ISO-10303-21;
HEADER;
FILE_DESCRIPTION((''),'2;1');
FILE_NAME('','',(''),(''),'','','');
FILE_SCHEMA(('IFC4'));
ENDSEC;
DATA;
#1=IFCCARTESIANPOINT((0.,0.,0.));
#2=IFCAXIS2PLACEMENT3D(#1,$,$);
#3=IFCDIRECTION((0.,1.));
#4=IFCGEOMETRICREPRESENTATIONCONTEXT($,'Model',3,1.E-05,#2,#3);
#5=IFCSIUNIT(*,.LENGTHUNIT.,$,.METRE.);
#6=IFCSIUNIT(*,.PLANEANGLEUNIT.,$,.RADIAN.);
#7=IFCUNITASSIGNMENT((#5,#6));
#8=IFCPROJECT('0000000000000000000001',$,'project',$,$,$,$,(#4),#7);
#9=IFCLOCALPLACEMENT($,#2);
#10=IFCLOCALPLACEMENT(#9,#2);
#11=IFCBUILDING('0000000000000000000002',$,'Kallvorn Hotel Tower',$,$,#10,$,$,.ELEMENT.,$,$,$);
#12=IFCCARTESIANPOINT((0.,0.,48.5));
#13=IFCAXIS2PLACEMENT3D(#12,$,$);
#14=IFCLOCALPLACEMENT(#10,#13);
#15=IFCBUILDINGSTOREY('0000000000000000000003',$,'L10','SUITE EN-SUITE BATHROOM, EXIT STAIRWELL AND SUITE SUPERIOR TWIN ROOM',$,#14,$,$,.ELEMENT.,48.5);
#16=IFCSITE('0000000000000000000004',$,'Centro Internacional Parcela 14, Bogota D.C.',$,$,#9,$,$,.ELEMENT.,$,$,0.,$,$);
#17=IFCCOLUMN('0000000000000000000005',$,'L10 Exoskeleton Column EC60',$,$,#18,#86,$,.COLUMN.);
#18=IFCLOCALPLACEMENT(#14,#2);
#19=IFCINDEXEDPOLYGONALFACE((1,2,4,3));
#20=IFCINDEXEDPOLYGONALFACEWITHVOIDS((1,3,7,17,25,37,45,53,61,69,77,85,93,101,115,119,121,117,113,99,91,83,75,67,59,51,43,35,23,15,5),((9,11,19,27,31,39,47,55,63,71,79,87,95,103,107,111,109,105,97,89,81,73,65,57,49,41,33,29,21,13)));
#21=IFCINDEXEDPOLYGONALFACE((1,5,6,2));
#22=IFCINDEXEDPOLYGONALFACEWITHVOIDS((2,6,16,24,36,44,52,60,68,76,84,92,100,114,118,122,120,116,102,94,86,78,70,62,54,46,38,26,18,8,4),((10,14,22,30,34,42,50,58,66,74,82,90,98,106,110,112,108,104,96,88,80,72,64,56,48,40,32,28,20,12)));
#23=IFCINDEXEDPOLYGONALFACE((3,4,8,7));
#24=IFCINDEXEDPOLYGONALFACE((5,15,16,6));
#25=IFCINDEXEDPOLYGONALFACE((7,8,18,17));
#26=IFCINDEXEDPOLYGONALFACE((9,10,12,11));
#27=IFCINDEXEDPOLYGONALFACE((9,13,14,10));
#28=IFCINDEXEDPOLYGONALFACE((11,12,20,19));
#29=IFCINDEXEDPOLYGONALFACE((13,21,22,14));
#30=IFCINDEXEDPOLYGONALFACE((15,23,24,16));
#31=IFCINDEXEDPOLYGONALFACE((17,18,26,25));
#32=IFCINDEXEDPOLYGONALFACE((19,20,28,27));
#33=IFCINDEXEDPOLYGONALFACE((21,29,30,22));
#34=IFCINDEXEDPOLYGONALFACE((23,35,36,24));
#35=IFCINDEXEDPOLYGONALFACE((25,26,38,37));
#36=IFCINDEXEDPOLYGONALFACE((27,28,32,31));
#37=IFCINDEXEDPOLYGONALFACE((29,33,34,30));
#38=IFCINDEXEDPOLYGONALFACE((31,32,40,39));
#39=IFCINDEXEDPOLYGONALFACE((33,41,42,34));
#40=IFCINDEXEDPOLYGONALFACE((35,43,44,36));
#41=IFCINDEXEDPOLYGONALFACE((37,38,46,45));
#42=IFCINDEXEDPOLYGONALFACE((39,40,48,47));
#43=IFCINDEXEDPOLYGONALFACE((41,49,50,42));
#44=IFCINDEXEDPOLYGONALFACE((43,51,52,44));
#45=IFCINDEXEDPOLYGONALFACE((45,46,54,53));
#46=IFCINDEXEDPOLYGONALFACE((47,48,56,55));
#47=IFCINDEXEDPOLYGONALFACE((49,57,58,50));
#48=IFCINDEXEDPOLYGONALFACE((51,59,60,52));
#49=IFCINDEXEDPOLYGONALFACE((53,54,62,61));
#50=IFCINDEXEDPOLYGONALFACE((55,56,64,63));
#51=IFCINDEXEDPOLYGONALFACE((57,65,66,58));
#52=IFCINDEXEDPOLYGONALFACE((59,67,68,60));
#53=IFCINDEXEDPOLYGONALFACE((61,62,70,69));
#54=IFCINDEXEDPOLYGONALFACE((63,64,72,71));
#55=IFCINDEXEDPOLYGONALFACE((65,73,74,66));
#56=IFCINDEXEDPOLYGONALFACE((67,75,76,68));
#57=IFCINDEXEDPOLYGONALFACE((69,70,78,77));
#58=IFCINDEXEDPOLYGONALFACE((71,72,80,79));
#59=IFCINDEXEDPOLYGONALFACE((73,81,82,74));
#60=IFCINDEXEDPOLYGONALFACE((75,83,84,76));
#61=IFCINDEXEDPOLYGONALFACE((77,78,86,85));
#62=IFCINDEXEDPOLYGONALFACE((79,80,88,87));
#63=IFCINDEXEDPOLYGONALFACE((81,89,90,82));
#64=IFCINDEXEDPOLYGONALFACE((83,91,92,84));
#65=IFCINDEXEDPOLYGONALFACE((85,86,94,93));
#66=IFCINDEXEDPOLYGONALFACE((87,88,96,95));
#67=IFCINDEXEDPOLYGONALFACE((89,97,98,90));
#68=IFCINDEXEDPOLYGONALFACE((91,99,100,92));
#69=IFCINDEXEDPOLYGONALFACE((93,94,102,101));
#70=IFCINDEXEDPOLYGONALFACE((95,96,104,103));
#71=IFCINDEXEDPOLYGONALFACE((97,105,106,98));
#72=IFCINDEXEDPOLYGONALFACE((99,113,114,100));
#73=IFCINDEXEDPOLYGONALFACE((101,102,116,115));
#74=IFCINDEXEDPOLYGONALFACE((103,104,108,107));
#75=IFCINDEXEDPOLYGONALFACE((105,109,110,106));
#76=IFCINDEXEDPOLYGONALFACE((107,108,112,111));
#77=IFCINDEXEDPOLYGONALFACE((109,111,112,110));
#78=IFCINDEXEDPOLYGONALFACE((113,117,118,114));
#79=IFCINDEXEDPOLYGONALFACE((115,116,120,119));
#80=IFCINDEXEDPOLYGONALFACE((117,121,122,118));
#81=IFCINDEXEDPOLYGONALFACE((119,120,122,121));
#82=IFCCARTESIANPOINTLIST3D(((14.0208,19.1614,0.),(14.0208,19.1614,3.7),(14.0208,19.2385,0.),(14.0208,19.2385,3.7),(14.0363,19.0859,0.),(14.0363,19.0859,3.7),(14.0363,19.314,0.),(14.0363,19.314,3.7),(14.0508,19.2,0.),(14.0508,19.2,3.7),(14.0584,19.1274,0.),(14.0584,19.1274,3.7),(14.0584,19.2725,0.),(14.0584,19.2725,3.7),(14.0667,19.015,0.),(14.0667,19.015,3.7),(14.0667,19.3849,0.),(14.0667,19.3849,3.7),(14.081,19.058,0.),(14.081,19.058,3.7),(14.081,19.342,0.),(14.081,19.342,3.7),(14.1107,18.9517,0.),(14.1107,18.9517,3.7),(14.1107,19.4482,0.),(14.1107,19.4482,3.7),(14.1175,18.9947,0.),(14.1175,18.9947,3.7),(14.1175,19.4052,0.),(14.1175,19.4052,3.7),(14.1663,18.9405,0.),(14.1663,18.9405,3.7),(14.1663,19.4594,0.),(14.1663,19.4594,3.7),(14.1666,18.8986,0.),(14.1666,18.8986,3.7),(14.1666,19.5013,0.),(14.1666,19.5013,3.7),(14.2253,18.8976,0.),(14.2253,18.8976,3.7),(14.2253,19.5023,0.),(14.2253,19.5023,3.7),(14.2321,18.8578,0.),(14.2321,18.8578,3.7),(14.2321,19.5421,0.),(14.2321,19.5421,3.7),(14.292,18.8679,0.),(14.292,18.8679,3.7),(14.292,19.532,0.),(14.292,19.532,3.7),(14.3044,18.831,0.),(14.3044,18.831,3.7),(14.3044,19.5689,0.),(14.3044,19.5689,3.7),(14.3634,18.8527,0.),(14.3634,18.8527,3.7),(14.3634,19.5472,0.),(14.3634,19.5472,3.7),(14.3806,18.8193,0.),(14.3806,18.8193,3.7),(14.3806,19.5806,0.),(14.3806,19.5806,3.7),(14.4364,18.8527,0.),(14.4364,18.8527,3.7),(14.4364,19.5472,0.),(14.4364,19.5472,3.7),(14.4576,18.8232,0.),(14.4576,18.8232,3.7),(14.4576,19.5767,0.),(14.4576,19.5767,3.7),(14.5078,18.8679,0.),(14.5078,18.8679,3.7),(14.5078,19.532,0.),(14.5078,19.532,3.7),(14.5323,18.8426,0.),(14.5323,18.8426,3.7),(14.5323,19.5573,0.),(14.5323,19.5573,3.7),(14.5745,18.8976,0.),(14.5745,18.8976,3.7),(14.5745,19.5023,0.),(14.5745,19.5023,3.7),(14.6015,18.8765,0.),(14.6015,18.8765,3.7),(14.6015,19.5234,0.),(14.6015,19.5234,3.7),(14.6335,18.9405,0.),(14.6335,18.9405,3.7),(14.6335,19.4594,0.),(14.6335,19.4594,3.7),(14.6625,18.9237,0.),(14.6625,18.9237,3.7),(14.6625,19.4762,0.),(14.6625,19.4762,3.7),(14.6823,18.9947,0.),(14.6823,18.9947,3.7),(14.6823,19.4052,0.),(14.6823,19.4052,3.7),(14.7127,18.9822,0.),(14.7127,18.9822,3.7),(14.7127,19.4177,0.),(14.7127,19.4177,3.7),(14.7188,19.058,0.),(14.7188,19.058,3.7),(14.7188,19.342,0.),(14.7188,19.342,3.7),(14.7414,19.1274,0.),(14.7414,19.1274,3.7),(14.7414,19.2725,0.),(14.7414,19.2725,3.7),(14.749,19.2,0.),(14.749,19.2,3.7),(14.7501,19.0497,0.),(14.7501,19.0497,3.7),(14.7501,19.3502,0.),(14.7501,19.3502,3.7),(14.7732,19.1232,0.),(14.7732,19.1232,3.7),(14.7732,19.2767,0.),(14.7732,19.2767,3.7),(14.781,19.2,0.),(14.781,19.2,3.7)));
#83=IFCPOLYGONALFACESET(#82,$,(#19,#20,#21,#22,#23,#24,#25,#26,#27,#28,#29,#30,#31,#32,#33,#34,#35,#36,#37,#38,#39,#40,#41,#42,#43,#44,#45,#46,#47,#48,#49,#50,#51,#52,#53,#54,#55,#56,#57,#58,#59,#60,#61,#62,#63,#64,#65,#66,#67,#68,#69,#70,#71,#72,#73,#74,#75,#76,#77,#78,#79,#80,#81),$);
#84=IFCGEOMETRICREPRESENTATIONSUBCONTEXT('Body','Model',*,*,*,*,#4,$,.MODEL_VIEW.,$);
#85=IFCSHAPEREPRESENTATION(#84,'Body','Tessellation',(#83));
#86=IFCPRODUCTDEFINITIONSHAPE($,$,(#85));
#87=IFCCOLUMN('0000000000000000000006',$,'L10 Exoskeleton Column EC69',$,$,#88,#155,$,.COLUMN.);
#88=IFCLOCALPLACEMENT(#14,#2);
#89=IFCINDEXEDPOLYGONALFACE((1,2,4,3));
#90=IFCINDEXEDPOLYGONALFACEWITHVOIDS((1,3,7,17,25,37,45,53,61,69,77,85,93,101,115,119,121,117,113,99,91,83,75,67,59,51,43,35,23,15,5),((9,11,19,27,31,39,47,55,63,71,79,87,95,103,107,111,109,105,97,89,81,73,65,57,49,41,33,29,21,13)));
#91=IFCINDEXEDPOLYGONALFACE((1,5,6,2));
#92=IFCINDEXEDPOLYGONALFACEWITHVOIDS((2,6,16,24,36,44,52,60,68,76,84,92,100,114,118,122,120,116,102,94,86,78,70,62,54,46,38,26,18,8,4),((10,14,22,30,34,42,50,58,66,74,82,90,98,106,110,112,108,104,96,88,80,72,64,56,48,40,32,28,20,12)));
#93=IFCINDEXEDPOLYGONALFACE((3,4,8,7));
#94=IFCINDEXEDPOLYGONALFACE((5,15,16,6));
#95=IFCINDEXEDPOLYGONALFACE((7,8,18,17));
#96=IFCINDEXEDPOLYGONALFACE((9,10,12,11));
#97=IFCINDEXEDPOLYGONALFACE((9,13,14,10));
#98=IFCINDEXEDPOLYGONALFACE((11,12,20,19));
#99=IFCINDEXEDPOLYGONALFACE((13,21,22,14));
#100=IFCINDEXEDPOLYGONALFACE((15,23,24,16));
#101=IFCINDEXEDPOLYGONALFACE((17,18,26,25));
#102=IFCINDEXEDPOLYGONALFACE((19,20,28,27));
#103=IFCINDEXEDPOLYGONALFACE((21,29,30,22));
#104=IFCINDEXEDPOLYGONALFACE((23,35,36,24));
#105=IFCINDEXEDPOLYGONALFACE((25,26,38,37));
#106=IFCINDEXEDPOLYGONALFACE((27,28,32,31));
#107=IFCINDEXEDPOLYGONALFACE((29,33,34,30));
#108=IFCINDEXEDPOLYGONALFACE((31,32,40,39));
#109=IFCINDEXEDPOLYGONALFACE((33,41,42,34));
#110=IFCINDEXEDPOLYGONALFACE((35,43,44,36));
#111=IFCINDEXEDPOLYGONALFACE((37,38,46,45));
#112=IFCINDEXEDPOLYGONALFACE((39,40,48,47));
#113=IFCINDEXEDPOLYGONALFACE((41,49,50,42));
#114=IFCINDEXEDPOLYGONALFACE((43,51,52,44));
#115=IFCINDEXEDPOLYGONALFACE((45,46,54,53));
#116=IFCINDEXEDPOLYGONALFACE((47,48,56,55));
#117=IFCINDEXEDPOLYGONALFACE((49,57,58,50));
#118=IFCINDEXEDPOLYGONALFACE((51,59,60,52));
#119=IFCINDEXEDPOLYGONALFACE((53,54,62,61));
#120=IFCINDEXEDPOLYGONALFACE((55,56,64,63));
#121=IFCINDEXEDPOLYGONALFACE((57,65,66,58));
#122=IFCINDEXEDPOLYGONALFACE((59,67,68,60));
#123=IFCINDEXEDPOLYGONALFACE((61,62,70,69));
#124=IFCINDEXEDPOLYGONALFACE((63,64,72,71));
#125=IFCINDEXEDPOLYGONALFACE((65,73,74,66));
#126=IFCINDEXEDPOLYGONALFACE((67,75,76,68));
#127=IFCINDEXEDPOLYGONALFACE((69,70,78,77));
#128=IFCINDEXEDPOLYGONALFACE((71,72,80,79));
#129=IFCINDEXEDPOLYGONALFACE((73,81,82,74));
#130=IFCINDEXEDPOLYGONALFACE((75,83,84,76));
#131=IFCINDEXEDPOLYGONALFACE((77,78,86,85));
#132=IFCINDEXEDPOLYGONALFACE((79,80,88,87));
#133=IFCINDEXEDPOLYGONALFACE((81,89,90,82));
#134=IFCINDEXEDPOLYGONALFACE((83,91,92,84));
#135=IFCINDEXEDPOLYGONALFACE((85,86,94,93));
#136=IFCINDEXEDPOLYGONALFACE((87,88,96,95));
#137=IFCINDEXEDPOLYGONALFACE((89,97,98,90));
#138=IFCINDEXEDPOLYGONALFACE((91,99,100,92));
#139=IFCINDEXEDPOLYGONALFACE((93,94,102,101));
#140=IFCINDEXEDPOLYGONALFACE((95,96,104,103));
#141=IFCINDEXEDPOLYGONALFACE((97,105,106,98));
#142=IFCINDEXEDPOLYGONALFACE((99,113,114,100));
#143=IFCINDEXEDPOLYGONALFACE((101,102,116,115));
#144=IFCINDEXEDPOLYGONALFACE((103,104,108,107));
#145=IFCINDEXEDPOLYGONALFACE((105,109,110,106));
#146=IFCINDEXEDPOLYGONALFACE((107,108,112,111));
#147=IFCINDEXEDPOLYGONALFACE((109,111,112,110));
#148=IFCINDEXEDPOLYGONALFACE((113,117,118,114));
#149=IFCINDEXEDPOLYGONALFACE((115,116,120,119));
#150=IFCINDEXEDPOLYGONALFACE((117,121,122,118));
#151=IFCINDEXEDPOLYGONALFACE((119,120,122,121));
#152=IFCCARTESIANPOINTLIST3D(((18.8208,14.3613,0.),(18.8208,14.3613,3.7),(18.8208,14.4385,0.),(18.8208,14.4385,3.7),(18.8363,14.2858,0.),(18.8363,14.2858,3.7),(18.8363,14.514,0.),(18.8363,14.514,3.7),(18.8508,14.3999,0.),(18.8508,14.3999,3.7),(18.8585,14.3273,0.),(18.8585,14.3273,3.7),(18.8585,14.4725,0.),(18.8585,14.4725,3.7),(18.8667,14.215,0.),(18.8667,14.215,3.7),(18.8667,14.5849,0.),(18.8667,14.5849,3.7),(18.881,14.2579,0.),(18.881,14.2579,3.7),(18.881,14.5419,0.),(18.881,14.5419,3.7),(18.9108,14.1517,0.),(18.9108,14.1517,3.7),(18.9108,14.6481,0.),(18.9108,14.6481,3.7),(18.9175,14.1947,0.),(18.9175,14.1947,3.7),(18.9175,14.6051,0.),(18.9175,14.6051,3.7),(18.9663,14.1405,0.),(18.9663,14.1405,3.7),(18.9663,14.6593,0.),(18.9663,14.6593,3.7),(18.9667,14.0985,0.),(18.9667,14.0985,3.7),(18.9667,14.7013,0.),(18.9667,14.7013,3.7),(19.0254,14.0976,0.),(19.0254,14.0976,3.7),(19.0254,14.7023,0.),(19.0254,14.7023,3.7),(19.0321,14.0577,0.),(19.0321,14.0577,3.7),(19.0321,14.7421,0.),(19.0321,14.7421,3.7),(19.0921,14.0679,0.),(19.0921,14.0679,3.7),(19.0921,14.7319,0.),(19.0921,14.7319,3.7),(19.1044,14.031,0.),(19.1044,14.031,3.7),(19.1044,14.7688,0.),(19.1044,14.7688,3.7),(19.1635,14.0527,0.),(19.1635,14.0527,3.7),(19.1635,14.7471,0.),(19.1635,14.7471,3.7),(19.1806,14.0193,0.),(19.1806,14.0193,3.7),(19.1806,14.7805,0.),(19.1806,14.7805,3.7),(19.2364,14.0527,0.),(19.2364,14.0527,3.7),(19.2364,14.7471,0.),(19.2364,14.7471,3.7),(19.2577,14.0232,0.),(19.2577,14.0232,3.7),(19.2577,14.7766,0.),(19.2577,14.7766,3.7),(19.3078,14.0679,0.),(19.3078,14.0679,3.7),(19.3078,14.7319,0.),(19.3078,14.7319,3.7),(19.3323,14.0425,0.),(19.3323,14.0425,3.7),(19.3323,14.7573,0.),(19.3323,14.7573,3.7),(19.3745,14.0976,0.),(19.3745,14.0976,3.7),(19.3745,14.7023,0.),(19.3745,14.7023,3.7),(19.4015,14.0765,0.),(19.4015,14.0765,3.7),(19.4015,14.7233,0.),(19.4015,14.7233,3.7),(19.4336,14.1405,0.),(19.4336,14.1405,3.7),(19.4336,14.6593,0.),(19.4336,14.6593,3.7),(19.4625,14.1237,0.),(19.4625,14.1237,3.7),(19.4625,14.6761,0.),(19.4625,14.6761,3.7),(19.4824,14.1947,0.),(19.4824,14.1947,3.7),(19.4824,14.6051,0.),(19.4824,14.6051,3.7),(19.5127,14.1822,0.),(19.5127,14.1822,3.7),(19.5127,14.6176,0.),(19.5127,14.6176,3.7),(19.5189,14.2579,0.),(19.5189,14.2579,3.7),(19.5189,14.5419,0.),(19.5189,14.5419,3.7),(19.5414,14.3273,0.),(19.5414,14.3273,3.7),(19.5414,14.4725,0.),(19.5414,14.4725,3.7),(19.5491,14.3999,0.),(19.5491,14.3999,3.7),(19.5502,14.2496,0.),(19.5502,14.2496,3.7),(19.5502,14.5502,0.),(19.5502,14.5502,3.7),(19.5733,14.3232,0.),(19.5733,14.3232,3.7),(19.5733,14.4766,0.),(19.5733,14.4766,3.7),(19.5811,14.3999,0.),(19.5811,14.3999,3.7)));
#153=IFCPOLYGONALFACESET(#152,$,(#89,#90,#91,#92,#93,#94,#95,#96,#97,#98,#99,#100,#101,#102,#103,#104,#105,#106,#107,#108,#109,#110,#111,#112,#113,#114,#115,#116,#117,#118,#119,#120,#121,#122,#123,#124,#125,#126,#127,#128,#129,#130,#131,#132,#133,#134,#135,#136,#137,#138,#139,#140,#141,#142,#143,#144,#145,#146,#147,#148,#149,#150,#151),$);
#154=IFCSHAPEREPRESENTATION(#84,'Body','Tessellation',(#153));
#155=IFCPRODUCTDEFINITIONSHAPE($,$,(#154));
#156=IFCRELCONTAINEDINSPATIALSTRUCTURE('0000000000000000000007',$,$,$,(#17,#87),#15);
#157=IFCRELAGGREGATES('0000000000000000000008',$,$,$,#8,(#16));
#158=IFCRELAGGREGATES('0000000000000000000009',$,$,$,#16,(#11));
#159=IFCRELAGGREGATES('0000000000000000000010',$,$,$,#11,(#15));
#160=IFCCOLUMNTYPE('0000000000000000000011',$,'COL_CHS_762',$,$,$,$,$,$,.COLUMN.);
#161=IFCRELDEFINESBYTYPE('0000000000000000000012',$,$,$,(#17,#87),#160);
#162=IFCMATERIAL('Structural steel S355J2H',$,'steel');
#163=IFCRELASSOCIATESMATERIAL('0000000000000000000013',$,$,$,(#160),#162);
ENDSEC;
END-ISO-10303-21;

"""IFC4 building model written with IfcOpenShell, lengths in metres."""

from ifc_helpers import new_model, si_unit, direction, frame, origin, origin_2d, place, context, subcontext, project, spatial, hollow_circle, extrude, material, material_profile, profile_set, type_object, element, save


model = new_model("IFC4")

# Units and contexts
model_context = context("Model", 3, precision=1e-05, world=origin(), true_north=direction((0.0, 1.0)))
body_context = subcontext(model_context, "Body", "Model", "MODEL_VIEW")
ifc_project = project(units=[si_unit("LENGTHUNIT", "METRE"), si_unit("PLANEANGLEUNIT", "RADIAN")], contexts=[model_context])

# Site, building, storey
site_placement = place(None, origin())
site = spatial("IfcSite", under=ifc_project, at=site_placement, Name="Centro Internacional Parcela 14, Bogota D.C.", CompositionType="ELEMENT", RefElevation=0.0)
building_placement = place(site_placement, origin())
building = spatial("IfcBuilding", under=site, at=building_placement, Name="Kallvorn Hotel Tower", CompositionType="ELEMENT")
storey_placement = place(building_placement, frame((0.0, 0.0, 48.5)))
storey = spatial("IfcBuildingStorey", under=building, at=storey_placement, Name="L10", Description="SUITE EN-SUITE BATHROOM, EXIT STAIRWELL AND SUITE SUPERIOR TWIN ROOM", CompositionType="ELEMENT", Elevation=48.5)

# Columns
ifc_material_1 = material(Name="Structural steel S355J2H", Category="steel")
ifc_material_profile_1 = material_profile(ifc_material_1, hollow_circle(Radius=0.3811, WallThickness=0.032, at=origin_2d()), Name="CHS 762x32")
ifc_profile_set_1 = profile_set([ifc_material_profile_1], Name="Structural steel S355J2H")
column_type_1 = type_object("IfcColumnType", Name="COL_CHS_762", PredefinedType="COLUMN", material=ifc_profile_set_1)
for number, where, z_axis, x_axis, name in (
    (1, (14.3999, 19.2, 0.0), (0.0, 0.0, 1.0), (1.0, 0.0, 0.0), "L10 Exoskeleton Column EC60"),
    (2, (19.2, 14.3999, 0.0), (0.0, 0.0, 1.0), (1.0, 0.0, 0.0), "L10 Exoskeleton Column EC69"),
):
    element("IfcColumn", number, at=place(storey_placement, frame(where, z_axis=z_axis, x_axis=x_axis)), inside=storey, type_object=column_type_1, Name=name, PredefinedType="COLUMN", context=body_context, shape_type="SweptSolid", body=[
        extrude(hollow_circle(Radius=0.3811, WallThickness=0.032, at=origin_2d()), origin(), (0.0, 0.0, 1.0), 3.7),
    ])

save(model, "model.ifc")
